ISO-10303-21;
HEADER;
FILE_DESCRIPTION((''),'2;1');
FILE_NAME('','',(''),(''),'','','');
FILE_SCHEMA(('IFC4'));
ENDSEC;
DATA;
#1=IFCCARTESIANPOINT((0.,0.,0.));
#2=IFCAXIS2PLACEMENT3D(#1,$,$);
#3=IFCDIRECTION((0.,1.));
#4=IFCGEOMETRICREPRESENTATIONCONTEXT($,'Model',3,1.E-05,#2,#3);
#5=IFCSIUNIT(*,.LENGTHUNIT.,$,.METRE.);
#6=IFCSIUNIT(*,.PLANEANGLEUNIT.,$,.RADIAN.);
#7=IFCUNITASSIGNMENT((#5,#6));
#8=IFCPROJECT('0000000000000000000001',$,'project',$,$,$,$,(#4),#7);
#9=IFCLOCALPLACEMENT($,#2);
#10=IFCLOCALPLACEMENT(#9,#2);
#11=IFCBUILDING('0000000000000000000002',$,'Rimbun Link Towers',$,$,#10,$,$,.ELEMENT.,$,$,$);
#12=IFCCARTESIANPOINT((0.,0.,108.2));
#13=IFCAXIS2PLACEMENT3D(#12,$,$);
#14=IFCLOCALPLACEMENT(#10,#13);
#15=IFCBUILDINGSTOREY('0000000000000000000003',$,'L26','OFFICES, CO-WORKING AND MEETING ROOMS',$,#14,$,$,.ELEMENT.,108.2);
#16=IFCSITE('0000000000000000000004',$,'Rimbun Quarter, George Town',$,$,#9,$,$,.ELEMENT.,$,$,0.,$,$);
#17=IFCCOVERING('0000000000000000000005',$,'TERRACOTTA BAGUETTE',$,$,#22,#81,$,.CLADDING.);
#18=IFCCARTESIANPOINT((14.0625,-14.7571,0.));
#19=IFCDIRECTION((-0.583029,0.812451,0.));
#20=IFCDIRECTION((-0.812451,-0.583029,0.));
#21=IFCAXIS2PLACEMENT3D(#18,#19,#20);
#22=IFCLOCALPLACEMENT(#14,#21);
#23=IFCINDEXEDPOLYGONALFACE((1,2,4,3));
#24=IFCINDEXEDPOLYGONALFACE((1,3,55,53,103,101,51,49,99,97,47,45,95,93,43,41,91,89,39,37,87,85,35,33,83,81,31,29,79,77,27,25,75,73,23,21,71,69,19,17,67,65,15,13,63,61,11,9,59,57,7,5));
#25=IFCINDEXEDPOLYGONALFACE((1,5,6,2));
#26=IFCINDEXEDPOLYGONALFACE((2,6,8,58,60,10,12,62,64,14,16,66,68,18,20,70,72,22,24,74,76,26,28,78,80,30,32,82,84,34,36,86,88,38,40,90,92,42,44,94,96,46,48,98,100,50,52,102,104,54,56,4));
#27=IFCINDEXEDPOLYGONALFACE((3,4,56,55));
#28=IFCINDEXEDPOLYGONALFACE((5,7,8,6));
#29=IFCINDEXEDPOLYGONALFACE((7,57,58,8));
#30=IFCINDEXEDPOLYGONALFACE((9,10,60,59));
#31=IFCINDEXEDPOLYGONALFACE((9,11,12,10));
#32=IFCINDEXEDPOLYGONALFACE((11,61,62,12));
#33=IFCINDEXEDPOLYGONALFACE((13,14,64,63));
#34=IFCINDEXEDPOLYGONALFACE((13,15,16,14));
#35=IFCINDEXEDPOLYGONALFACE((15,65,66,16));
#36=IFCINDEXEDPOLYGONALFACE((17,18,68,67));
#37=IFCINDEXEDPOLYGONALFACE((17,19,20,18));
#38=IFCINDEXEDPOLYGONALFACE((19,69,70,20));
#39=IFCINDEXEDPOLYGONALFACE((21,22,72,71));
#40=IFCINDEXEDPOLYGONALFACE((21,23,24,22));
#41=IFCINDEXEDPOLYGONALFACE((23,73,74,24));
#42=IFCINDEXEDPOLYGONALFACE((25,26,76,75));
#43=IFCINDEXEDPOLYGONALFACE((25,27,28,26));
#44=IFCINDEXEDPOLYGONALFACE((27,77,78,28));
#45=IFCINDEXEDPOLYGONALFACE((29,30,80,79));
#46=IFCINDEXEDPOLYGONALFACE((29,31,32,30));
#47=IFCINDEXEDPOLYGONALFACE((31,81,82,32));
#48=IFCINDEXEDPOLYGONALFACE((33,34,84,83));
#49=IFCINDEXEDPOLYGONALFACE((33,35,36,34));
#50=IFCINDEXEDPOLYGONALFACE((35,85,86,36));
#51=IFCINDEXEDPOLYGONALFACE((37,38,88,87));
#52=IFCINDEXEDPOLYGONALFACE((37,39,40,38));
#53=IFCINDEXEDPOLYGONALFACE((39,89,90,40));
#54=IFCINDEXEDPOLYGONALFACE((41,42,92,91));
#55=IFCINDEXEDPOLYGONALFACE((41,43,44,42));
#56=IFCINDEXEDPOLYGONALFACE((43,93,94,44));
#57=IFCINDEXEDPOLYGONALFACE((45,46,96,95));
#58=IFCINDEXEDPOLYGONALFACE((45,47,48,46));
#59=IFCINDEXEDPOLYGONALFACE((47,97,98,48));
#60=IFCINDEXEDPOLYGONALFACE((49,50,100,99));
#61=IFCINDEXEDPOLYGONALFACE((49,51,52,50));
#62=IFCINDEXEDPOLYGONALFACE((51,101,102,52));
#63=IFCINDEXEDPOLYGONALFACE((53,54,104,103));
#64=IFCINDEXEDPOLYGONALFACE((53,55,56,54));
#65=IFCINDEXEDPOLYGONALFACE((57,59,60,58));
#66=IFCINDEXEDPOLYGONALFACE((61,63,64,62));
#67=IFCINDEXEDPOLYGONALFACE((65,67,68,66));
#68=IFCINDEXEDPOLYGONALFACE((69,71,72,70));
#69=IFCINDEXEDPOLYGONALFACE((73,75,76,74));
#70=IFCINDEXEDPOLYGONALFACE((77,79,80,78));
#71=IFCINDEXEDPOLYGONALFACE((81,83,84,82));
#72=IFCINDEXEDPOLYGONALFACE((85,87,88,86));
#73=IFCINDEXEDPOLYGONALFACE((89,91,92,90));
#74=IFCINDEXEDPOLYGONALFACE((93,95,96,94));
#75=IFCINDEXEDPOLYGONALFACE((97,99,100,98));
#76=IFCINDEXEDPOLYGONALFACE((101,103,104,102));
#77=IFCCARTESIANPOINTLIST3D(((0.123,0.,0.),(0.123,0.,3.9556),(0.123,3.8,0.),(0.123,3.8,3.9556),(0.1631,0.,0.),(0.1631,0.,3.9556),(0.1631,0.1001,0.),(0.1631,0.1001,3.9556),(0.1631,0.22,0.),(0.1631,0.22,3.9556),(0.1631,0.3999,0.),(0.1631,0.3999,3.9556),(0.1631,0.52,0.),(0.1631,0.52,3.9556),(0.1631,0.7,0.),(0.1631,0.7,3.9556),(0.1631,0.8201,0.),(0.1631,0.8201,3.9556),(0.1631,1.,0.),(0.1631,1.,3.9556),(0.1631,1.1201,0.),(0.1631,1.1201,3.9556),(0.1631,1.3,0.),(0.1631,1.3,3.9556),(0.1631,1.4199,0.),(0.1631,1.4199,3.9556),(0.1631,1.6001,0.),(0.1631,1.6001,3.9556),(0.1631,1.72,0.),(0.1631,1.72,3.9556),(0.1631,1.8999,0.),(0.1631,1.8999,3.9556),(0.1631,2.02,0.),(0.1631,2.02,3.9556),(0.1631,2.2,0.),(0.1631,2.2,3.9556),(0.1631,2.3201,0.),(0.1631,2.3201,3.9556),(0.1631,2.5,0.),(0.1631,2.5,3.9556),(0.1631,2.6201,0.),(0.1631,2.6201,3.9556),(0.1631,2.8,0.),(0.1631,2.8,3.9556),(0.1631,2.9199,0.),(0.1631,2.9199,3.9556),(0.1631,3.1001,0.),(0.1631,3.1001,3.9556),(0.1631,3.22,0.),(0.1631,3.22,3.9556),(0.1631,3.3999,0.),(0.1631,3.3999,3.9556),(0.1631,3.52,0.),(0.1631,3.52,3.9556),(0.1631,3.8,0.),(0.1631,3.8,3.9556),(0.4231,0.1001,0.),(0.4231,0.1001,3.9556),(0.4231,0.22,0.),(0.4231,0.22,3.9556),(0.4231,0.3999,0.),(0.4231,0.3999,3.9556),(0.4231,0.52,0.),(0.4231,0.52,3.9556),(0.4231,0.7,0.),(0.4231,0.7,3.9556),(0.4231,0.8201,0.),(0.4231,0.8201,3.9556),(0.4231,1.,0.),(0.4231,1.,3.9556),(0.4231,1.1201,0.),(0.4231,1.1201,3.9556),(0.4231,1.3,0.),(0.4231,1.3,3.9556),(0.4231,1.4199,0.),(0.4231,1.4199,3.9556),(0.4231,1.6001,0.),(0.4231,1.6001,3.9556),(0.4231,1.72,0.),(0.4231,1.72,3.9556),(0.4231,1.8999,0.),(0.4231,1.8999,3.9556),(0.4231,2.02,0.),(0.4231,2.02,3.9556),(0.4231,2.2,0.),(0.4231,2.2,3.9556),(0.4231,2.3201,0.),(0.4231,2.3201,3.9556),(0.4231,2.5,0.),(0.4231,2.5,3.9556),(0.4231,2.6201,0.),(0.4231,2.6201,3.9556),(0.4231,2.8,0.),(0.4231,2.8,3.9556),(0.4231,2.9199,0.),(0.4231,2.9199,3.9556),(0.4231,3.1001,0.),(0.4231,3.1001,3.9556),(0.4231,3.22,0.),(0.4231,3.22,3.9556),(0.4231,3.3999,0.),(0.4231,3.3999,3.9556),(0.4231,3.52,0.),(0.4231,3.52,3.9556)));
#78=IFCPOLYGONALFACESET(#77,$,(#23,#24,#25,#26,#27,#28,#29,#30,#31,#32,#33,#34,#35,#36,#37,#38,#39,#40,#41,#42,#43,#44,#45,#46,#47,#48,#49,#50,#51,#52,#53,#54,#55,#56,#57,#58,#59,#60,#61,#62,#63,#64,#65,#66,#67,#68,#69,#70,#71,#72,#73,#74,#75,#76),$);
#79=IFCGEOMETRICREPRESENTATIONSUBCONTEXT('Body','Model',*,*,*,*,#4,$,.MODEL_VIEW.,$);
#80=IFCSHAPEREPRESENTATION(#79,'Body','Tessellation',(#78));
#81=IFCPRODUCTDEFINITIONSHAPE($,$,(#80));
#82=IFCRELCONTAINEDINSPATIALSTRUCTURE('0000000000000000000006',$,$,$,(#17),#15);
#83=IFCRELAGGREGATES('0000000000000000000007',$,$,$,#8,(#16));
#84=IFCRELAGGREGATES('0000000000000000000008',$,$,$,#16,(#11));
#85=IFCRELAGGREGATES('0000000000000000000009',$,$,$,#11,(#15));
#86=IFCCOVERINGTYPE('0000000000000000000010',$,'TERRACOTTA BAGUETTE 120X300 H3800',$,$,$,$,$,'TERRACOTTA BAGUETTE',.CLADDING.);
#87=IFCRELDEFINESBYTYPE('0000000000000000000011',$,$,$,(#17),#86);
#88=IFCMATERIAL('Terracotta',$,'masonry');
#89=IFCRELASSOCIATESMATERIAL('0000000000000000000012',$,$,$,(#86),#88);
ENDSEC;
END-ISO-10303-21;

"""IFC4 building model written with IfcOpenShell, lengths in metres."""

from ifc_helpers import new_model, si_unit, direction, frame, origin, place, context, subcontext, project, spatial, polyline, outline, extrude, material, material_profile, profile_set, type_object, element, save


model = new_model("IFC4")

# Units and contexts
model_context = context("Model", 3, precision=1e-05, world=origin(), true_north=direction((0.0, 1.0)))
body_context = subcontext(model_context, "Body", "Model", "MODEL_VIEW")
ifc_project = project(units=[si_unit("LENGTHUNIT", "METRE"), si_unit("PLANEANGLEUNIT", "RADIAN")], contexts=[model_context])

# Site, building, storey
site_placement = place(None, origin())
site = spatial("IfcSite", under=ifc_project, at=site_placement, Name="Rimbun Quarter, George Town", CompositionType="ELEMENT", RefElevation=0.0)
building_placement = place(site_placement, origin())
building = spatial("IfcBuilding", under=site, at=building_placement, Name="Rimbun Link Towers", CompositionType="ELEMENT")
storey_placement = place(building_placement, frame((0.0, 0.0, 108.2)))
storey = spatial("IfcBuildingStorey", under=building, at=storey_placement, Name="L26", Description="OFFICES, CO-WORKING AND MEETING ROOMS", CompositionType="ELEMENT", Elevation=108.2)

# Covering
ifc_material_1 = material(Name="Terracotta", Category="masonry")
ifc_material_profile_1 = material_profile(ifc_material_1, outline(polyline([(0.123, 0.0), (0.1631, 0.0), (0.1631, 0.1001), (0.4231, 0.1001), (0.4231, 0.22), (0.1631, 0.22), (0.1631, 0.3999), (0.4231, 0.3999), (0.4231, 0.52), (0.1631, 0.52), (0.1631, 0.7), (0.4231, 0.7), (0.4231, 0.8201), (0.1631, 0.8201), (0.1631, 1.0), (0.4231, 1.0), (0.4231, 1.1201), (0.1631, 1.1201), (0.1631, 1.3), (0.4231, 1.3), (0.4231, 1.4199), (0.1631, 1.4199), (0.1631, 1.6001), (0.4231, 1.6001), (0.4231, 1.72), (0.1631, 1.72), (0.1631, 1.8999), (0.4231, 1.8999), (0.4231, 2.02), (0.1631, 2.02), (0.1631, 2.2), (0.4231, 2.2), (0.4231, 2.3201), (0.1631, 2.3201), (0.1631, 2.5), (0.4231, 2.5), (0.4231, 2.6201), (0.1631, 2.6201), (0.1631, 2.8), (0.4231, 2.8), (0.4231, 2.9199), (0.1631, 2.9199), (0.1631, 3.1001), (0.4231, 3.1001), (0.4231, 3.22), (0.1631, 3.22), (0.1631, 3.3999), (0.4231, 3.3999), (0.4231, 3.52), (0.1631, 3.52), (0.1631, 3.8), (0.123, 3.8), (0.123, 0.0)])), Name="BAGUETTE 120X300")
ifc_profile_set_1 = profile_set([ifc_material_profile_1], Name="Terracotta")
covering_type = type_object("IfcCoveringType", Name="TERRACOTTA BAGUETTE 120X300 H3800", ElementType="TERRACOTTA BAGUETTE", PredefinedType="CLADDING", material=ifc_profile_set_1)
covering_placement = place(storey_placement, frame((14.0625, -14.7571, 0.0), z_axis=(-0.583029, 0.812451, 0.0), x_axis=(-0.812451, -0.583029, 0.0)))
element("IfcCovering", 1, at=covering_placement, inside=storey, type_object=covering_type, Name="TERRACOTTA BAGUETTE", PredefinedType="CLADDING", context=body_context, shape_type="SweptSolid", body=[
    extrude(outline(polyline([(0.123, 0.0), (0.1631, 0.0), (0.1631, 0.1001), (0.4231, 0.1001), (0.4231, 0.22), (0.1631, 0.22), (0.1631, 0.3999), (0.4231, 0.3999), (0.4231, 0.52), (0.1631, 0.52), (0.1631, 0.7), (0.4231, 0.7), (0.4231, 0.8201), (0.1631, 0.8201), (0.1631, 1.0), (0.4231, 1.0), (0.4231, 1.1201), (0.1631, 1.1201), (0.1631, 1.3), (0.4231, 1.3), (0.4231, 1.4199), (0.1631, 1.4199), (0.1631, 1.6001), (0.4231, 1.6001), (0.4231, 1.72), (0.1631, 1.72), (0.1631, 1.8999), (0.4231, 1.8999), (0.4231, 2.02), (0.1631, 2.02), (0.1631, 2.2), (0.4231, 2.2), (0.4231, 2.3201), (0.1631, 2.3201), (0.1631, 2.5), (0.4231, 2.5), (0.4231, 2.6201), (0.1631, 2.6201), (0.1631, 2.8), (0.4231, 2.8), (0.4231, 2.9199), (0.1631, 2.9199), (0.1631, 3.1001), (0.4231, 3.1001), (0.4231, 3.22), (0.1631, 3.22), (0.1631, 3.3999), (0.4231, 3.3999), (0.4231, 3.52), (0.1631, 3.52), (0.1631, 3.8), (0.123, 3.8), (0.123, 0.0)])), origin(), (0.0, 0.0, 1.0), 3.9556),
])

save(model, "model.ifc")
